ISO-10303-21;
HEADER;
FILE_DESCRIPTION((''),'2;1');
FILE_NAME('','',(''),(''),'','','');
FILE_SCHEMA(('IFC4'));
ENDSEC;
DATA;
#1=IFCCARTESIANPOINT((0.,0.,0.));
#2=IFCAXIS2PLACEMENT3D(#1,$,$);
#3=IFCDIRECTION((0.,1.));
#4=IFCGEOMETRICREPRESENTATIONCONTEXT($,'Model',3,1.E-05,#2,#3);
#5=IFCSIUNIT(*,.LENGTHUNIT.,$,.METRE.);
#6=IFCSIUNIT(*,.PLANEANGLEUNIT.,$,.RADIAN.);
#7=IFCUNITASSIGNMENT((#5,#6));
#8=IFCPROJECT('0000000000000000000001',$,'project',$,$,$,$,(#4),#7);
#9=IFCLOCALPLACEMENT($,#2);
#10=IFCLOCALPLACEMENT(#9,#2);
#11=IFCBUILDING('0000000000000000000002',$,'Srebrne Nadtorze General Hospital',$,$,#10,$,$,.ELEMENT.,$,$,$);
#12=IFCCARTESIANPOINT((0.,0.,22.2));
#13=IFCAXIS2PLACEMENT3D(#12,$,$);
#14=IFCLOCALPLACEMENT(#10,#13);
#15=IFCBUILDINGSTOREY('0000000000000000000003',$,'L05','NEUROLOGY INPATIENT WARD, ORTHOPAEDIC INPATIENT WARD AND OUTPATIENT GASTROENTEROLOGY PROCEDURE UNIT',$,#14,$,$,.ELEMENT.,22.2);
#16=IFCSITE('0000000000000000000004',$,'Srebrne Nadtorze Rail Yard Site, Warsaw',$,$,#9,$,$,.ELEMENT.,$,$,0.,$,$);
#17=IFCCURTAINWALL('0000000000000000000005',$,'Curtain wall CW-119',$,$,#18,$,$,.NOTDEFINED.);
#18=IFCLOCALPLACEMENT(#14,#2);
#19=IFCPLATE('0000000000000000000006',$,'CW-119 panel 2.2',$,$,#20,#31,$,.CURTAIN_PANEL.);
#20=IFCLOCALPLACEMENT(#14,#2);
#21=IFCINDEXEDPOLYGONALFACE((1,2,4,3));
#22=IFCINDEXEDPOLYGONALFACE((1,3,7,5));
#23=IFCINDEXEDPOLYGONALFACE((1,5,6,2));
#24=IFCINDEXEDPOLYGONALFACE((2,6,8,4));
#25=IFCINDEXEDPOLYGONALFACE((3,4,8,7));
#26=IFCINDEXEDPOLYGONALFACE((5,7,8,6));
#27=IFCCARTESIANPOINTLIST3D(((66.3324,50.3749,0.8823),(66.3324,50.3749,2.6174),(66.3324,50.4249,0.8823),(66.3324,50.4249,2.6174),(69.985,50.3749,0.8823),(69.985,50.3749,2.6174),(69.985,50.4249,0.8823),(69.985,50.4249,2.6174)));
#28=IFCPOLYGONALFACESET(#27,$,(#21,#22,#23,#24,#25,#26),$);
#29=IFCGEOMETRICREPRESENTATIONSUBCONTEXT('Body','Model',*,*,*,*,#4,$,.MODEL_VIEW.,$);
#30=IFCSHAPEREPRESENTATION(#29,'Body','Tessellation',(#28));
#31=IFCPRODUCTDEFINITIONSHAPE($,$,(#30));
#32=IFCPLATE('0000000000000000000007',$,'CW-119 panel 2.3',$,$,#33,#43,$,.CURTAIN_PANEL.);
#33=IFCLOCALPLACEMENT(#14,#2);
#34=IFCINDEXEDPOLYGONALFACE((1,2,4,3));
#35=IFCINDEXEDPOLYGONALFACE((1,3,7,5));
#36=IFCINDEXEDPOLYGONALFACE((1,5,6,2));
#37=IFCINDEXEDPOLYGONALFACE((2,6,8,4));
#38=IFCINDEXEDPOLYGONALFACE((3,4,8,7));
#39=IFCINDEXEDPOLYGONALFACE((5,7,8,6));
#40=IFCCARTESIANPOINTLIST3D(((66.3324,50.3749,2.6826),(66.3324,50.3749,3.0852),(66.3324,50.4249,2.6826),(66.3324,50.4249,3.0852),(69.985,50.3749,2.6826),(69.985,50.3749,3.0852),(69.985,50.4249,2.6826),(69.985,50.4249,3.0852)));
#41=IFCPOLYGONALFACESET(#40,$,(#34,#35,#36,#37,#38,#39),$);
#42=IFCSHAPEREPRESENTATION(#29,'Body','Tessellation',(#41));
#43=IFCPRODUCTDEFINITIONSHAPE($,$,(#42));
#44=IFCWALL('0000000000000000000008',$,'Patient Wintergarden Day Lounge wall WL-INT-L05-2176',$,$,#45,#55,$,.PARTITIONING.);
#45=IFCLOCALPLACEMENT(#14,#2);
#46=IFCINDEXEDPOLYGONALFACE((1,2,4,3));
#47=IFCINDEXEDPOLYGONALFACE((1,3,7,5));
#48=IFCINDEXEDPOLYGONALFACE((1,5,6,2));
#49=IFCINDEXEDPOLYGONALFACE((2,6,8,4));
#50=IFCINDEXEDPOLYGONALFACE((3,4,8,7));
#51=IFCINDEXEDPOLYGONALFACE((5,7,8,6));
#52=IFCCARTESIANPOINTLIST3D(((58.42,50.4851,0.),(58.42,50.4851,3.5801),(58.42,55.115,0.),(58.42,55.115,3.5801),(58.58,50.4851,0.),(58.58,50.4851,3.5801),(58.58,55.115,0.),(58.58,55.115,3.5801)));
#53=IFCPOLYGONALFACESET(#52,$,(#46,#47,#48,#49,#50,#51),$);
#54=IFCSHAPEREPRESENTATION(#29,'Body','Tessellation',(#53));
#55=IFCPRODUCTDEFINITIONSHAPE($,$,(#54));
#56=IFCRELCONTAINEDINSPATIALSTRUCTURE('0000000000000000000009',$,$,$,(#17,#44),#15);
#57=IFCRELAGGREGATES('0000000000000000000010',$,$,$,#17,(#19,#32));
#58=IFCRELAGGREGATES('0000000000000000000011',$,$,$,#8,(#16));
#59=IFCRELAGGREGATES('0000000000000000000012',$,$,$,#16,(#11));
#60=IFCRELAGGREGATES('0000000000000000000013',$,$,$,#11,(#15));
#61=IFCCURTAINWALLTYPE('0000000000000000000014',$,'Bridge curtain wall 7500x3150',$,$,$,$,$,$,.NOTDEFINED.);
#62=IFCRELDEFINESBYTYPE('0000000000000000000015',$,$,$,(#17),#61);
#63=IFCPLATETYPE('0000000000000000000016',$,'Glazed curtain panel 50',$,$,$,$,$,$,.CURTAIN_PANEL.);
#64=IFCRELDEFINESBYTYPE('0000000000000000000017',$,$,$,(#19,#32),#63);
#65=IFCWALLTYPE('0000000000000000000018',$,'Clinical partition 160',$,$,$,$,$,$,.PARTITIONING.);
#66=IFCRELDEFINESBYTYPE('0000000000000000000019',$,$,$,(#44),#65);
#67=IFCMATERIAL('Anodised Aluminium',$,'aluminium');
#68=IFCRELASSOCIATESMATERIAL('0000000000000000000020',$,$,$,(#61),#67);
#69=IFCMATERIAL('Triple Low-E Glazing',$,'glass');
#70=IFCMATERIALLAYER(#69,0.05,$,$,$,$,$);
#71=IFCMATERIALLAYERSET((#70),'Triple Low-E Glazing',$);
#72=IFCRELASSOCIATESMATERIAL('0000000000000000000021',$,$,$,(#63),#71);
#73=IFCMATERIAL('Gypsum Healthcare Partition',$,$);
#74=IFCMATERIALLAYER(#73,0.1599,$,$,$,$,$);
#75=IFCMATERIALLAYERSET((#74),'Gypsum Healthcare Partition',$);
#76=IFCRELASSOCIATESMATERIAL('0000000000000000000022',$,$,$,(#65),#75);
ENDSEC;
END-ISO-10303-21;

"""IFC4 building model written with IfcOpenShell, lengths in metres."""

from ifc_helpers import new_model, si_unit, direction, frame, frame_2d, origin, origin_2d, place, context, subcontext, project, spatial, rectangle, extrude, material, layer, layer_set, type_object, element, aggregate, save


model = new_model("IFC4")

# Units and contexts
model_context = context("Model", 3, precision=1e-05, world=origin(), true_north=direction((0.0, 1.0)))
body_context = subcontext(model_context, "Body", "Model", "MODEL_VIEW")
ifc_project = project(units=[si_unit("LENGTHUNIT", "METRE"), si_unit("PLANEANGLEUNIT", "RADIAN")], contexts=[model_context])

# Site, building, storey
site_placement = place(None, origin())
site = spatial("IfcSite", under=ifc_project, at=site_placement, Name="Srebrne Nadtorze Rail Yard Site, Warsaw", CompositionType="ELEMENT", RefElevation=0.0)
building_placement = place(site_placement, origin())
building = spatial("IfcBuilding", under=site, at=building_placement, Name="Srebrne Nadtorze General Hospital", CompositionType="ELEMENT")
storey_placement = place(building_placement, frame((0.0, 0.0, 22.2)))
storey = spatial("IfcBuildingStorey", under=building, at=storey_placement, Name="L05", Description="NEUROLOGY INPATIENT WARD, ORTHOPAEDIC INPATIENT WARD AND OUTPATIENT GASTROENTEROLOGY PROCEDURE UNIT", CompositionType="ELEMENT", Elevation=22.2)

# Curtain wall
ifc_material_1 = material(Name="Anodised Aluminium", Category="aluminium")
curtain_wall_type_1 = type_object("IfcCurtainWallType", Name="Bridge curtain wall 7500x3150", PredefinedType="NOTDEFINED", material=ifc_material_1)
curtain_wall_1_placement = place(storey_placement, origin())
curtain_wall_1 = element("IfcCurtainWall", 1, at=curtain_wall_1_placement, inside=storey, type_object=curtain_wall_type_1, Name="Curtain wall CW-119", PredefinedType="NOTDEFINED")

# Plates
ifc_material_2 = material(Name="Triple Low-E Glazing", Category="glass")
ifc_layer_1 = layer(ifc_material_2, 0.05)
ifc_layer_set_1 = layer_set([ifc_layer_1], Name="Triple Low-E Glazing")
plate_type = type_object("IfcPlateType", Name="Glazed curtain panel 50", PredefinedType="CURTAIN_PANEL", material=ifc_layer_set_1)
plate_1_placement = place(storey_placement, frame((68.1587, 50.3999, 0.8823), z_axis=(0.0, 0.0, 1.0), x_axis=(1.0, 0.0, 0.0)))
plate_1 = element("IfcPlate", 2, at=plate_1_placement, type_object=plate_type, Name="CW-119 panel 2.2", PredefinedType="CURTAIN_PANEL", context=body_context, shape_type="SweptSolid", body=[
    extrude(rectangle(XDim=3.6526, YDim=0.05, at=origin_2d()), origin(), (0.0, 0.0, 1.0), 1.7351),
])
plate_2_placement = place(storey_placement, frame((68.1587, 50.3999, 2.6826), z_axis=(0.0, 0.0, 1.0), x_axis=(1.0, 0.0, 0.0)))
plate_2 = element("IfcPlate", 3, at=plate_2_placement, type_object=plate_type, Name="CW-119 panel 2.3", PredefinedType="CURTAIN_PANEL", context=body_context, shape_type="SweptSolid", body=[
    extrude(rectangle(XDim=3.6526, YDim=0.05, at=origin_2d()), origin(), (0.0, 0.0, 1.0), 0.4026),
])
aggregate(curtain_wall_1, [plate_1, plate_2])

# Wall
ifc_material_3 = material(Name="Gypsum Healthcare Partition")
ifc_layer_2 = layer(ifc_material_3, 0.1599)
ifc_layer_set_2 = layer_set([ifc_layer_2], Name="Gypsum Healthcare Partition")
wall_type = type_object("IfcWallType", Name="Clinical partition 160", PredefinedType="PARTITIONING", material=ifc_layer_set_2)
wall_placement = place(storey_placement, frame((58.5, 50.4851, 0.0), z_axis=(0.0, 0.0, 1.0), x_axis=(0.0, 1.0, 0.0)))
element("IfcWall", 4, at=wall_placement, inside=storey, type_object=wall_type, Name="Patient Wintergarden Day Lounge wall WL-INT-L05-2176", PredefinedType="PARTITIONING", context=body_context, shape_type="SweptSolid", body=[
    extrude(rectangle(XDim=4.6299, YDim=0.1599, at=frame_2d((2.3149, 0.0))), origin(), (0.0, 0.0, 1.0), 3.5801),
])

save(model, "model.ifc")
